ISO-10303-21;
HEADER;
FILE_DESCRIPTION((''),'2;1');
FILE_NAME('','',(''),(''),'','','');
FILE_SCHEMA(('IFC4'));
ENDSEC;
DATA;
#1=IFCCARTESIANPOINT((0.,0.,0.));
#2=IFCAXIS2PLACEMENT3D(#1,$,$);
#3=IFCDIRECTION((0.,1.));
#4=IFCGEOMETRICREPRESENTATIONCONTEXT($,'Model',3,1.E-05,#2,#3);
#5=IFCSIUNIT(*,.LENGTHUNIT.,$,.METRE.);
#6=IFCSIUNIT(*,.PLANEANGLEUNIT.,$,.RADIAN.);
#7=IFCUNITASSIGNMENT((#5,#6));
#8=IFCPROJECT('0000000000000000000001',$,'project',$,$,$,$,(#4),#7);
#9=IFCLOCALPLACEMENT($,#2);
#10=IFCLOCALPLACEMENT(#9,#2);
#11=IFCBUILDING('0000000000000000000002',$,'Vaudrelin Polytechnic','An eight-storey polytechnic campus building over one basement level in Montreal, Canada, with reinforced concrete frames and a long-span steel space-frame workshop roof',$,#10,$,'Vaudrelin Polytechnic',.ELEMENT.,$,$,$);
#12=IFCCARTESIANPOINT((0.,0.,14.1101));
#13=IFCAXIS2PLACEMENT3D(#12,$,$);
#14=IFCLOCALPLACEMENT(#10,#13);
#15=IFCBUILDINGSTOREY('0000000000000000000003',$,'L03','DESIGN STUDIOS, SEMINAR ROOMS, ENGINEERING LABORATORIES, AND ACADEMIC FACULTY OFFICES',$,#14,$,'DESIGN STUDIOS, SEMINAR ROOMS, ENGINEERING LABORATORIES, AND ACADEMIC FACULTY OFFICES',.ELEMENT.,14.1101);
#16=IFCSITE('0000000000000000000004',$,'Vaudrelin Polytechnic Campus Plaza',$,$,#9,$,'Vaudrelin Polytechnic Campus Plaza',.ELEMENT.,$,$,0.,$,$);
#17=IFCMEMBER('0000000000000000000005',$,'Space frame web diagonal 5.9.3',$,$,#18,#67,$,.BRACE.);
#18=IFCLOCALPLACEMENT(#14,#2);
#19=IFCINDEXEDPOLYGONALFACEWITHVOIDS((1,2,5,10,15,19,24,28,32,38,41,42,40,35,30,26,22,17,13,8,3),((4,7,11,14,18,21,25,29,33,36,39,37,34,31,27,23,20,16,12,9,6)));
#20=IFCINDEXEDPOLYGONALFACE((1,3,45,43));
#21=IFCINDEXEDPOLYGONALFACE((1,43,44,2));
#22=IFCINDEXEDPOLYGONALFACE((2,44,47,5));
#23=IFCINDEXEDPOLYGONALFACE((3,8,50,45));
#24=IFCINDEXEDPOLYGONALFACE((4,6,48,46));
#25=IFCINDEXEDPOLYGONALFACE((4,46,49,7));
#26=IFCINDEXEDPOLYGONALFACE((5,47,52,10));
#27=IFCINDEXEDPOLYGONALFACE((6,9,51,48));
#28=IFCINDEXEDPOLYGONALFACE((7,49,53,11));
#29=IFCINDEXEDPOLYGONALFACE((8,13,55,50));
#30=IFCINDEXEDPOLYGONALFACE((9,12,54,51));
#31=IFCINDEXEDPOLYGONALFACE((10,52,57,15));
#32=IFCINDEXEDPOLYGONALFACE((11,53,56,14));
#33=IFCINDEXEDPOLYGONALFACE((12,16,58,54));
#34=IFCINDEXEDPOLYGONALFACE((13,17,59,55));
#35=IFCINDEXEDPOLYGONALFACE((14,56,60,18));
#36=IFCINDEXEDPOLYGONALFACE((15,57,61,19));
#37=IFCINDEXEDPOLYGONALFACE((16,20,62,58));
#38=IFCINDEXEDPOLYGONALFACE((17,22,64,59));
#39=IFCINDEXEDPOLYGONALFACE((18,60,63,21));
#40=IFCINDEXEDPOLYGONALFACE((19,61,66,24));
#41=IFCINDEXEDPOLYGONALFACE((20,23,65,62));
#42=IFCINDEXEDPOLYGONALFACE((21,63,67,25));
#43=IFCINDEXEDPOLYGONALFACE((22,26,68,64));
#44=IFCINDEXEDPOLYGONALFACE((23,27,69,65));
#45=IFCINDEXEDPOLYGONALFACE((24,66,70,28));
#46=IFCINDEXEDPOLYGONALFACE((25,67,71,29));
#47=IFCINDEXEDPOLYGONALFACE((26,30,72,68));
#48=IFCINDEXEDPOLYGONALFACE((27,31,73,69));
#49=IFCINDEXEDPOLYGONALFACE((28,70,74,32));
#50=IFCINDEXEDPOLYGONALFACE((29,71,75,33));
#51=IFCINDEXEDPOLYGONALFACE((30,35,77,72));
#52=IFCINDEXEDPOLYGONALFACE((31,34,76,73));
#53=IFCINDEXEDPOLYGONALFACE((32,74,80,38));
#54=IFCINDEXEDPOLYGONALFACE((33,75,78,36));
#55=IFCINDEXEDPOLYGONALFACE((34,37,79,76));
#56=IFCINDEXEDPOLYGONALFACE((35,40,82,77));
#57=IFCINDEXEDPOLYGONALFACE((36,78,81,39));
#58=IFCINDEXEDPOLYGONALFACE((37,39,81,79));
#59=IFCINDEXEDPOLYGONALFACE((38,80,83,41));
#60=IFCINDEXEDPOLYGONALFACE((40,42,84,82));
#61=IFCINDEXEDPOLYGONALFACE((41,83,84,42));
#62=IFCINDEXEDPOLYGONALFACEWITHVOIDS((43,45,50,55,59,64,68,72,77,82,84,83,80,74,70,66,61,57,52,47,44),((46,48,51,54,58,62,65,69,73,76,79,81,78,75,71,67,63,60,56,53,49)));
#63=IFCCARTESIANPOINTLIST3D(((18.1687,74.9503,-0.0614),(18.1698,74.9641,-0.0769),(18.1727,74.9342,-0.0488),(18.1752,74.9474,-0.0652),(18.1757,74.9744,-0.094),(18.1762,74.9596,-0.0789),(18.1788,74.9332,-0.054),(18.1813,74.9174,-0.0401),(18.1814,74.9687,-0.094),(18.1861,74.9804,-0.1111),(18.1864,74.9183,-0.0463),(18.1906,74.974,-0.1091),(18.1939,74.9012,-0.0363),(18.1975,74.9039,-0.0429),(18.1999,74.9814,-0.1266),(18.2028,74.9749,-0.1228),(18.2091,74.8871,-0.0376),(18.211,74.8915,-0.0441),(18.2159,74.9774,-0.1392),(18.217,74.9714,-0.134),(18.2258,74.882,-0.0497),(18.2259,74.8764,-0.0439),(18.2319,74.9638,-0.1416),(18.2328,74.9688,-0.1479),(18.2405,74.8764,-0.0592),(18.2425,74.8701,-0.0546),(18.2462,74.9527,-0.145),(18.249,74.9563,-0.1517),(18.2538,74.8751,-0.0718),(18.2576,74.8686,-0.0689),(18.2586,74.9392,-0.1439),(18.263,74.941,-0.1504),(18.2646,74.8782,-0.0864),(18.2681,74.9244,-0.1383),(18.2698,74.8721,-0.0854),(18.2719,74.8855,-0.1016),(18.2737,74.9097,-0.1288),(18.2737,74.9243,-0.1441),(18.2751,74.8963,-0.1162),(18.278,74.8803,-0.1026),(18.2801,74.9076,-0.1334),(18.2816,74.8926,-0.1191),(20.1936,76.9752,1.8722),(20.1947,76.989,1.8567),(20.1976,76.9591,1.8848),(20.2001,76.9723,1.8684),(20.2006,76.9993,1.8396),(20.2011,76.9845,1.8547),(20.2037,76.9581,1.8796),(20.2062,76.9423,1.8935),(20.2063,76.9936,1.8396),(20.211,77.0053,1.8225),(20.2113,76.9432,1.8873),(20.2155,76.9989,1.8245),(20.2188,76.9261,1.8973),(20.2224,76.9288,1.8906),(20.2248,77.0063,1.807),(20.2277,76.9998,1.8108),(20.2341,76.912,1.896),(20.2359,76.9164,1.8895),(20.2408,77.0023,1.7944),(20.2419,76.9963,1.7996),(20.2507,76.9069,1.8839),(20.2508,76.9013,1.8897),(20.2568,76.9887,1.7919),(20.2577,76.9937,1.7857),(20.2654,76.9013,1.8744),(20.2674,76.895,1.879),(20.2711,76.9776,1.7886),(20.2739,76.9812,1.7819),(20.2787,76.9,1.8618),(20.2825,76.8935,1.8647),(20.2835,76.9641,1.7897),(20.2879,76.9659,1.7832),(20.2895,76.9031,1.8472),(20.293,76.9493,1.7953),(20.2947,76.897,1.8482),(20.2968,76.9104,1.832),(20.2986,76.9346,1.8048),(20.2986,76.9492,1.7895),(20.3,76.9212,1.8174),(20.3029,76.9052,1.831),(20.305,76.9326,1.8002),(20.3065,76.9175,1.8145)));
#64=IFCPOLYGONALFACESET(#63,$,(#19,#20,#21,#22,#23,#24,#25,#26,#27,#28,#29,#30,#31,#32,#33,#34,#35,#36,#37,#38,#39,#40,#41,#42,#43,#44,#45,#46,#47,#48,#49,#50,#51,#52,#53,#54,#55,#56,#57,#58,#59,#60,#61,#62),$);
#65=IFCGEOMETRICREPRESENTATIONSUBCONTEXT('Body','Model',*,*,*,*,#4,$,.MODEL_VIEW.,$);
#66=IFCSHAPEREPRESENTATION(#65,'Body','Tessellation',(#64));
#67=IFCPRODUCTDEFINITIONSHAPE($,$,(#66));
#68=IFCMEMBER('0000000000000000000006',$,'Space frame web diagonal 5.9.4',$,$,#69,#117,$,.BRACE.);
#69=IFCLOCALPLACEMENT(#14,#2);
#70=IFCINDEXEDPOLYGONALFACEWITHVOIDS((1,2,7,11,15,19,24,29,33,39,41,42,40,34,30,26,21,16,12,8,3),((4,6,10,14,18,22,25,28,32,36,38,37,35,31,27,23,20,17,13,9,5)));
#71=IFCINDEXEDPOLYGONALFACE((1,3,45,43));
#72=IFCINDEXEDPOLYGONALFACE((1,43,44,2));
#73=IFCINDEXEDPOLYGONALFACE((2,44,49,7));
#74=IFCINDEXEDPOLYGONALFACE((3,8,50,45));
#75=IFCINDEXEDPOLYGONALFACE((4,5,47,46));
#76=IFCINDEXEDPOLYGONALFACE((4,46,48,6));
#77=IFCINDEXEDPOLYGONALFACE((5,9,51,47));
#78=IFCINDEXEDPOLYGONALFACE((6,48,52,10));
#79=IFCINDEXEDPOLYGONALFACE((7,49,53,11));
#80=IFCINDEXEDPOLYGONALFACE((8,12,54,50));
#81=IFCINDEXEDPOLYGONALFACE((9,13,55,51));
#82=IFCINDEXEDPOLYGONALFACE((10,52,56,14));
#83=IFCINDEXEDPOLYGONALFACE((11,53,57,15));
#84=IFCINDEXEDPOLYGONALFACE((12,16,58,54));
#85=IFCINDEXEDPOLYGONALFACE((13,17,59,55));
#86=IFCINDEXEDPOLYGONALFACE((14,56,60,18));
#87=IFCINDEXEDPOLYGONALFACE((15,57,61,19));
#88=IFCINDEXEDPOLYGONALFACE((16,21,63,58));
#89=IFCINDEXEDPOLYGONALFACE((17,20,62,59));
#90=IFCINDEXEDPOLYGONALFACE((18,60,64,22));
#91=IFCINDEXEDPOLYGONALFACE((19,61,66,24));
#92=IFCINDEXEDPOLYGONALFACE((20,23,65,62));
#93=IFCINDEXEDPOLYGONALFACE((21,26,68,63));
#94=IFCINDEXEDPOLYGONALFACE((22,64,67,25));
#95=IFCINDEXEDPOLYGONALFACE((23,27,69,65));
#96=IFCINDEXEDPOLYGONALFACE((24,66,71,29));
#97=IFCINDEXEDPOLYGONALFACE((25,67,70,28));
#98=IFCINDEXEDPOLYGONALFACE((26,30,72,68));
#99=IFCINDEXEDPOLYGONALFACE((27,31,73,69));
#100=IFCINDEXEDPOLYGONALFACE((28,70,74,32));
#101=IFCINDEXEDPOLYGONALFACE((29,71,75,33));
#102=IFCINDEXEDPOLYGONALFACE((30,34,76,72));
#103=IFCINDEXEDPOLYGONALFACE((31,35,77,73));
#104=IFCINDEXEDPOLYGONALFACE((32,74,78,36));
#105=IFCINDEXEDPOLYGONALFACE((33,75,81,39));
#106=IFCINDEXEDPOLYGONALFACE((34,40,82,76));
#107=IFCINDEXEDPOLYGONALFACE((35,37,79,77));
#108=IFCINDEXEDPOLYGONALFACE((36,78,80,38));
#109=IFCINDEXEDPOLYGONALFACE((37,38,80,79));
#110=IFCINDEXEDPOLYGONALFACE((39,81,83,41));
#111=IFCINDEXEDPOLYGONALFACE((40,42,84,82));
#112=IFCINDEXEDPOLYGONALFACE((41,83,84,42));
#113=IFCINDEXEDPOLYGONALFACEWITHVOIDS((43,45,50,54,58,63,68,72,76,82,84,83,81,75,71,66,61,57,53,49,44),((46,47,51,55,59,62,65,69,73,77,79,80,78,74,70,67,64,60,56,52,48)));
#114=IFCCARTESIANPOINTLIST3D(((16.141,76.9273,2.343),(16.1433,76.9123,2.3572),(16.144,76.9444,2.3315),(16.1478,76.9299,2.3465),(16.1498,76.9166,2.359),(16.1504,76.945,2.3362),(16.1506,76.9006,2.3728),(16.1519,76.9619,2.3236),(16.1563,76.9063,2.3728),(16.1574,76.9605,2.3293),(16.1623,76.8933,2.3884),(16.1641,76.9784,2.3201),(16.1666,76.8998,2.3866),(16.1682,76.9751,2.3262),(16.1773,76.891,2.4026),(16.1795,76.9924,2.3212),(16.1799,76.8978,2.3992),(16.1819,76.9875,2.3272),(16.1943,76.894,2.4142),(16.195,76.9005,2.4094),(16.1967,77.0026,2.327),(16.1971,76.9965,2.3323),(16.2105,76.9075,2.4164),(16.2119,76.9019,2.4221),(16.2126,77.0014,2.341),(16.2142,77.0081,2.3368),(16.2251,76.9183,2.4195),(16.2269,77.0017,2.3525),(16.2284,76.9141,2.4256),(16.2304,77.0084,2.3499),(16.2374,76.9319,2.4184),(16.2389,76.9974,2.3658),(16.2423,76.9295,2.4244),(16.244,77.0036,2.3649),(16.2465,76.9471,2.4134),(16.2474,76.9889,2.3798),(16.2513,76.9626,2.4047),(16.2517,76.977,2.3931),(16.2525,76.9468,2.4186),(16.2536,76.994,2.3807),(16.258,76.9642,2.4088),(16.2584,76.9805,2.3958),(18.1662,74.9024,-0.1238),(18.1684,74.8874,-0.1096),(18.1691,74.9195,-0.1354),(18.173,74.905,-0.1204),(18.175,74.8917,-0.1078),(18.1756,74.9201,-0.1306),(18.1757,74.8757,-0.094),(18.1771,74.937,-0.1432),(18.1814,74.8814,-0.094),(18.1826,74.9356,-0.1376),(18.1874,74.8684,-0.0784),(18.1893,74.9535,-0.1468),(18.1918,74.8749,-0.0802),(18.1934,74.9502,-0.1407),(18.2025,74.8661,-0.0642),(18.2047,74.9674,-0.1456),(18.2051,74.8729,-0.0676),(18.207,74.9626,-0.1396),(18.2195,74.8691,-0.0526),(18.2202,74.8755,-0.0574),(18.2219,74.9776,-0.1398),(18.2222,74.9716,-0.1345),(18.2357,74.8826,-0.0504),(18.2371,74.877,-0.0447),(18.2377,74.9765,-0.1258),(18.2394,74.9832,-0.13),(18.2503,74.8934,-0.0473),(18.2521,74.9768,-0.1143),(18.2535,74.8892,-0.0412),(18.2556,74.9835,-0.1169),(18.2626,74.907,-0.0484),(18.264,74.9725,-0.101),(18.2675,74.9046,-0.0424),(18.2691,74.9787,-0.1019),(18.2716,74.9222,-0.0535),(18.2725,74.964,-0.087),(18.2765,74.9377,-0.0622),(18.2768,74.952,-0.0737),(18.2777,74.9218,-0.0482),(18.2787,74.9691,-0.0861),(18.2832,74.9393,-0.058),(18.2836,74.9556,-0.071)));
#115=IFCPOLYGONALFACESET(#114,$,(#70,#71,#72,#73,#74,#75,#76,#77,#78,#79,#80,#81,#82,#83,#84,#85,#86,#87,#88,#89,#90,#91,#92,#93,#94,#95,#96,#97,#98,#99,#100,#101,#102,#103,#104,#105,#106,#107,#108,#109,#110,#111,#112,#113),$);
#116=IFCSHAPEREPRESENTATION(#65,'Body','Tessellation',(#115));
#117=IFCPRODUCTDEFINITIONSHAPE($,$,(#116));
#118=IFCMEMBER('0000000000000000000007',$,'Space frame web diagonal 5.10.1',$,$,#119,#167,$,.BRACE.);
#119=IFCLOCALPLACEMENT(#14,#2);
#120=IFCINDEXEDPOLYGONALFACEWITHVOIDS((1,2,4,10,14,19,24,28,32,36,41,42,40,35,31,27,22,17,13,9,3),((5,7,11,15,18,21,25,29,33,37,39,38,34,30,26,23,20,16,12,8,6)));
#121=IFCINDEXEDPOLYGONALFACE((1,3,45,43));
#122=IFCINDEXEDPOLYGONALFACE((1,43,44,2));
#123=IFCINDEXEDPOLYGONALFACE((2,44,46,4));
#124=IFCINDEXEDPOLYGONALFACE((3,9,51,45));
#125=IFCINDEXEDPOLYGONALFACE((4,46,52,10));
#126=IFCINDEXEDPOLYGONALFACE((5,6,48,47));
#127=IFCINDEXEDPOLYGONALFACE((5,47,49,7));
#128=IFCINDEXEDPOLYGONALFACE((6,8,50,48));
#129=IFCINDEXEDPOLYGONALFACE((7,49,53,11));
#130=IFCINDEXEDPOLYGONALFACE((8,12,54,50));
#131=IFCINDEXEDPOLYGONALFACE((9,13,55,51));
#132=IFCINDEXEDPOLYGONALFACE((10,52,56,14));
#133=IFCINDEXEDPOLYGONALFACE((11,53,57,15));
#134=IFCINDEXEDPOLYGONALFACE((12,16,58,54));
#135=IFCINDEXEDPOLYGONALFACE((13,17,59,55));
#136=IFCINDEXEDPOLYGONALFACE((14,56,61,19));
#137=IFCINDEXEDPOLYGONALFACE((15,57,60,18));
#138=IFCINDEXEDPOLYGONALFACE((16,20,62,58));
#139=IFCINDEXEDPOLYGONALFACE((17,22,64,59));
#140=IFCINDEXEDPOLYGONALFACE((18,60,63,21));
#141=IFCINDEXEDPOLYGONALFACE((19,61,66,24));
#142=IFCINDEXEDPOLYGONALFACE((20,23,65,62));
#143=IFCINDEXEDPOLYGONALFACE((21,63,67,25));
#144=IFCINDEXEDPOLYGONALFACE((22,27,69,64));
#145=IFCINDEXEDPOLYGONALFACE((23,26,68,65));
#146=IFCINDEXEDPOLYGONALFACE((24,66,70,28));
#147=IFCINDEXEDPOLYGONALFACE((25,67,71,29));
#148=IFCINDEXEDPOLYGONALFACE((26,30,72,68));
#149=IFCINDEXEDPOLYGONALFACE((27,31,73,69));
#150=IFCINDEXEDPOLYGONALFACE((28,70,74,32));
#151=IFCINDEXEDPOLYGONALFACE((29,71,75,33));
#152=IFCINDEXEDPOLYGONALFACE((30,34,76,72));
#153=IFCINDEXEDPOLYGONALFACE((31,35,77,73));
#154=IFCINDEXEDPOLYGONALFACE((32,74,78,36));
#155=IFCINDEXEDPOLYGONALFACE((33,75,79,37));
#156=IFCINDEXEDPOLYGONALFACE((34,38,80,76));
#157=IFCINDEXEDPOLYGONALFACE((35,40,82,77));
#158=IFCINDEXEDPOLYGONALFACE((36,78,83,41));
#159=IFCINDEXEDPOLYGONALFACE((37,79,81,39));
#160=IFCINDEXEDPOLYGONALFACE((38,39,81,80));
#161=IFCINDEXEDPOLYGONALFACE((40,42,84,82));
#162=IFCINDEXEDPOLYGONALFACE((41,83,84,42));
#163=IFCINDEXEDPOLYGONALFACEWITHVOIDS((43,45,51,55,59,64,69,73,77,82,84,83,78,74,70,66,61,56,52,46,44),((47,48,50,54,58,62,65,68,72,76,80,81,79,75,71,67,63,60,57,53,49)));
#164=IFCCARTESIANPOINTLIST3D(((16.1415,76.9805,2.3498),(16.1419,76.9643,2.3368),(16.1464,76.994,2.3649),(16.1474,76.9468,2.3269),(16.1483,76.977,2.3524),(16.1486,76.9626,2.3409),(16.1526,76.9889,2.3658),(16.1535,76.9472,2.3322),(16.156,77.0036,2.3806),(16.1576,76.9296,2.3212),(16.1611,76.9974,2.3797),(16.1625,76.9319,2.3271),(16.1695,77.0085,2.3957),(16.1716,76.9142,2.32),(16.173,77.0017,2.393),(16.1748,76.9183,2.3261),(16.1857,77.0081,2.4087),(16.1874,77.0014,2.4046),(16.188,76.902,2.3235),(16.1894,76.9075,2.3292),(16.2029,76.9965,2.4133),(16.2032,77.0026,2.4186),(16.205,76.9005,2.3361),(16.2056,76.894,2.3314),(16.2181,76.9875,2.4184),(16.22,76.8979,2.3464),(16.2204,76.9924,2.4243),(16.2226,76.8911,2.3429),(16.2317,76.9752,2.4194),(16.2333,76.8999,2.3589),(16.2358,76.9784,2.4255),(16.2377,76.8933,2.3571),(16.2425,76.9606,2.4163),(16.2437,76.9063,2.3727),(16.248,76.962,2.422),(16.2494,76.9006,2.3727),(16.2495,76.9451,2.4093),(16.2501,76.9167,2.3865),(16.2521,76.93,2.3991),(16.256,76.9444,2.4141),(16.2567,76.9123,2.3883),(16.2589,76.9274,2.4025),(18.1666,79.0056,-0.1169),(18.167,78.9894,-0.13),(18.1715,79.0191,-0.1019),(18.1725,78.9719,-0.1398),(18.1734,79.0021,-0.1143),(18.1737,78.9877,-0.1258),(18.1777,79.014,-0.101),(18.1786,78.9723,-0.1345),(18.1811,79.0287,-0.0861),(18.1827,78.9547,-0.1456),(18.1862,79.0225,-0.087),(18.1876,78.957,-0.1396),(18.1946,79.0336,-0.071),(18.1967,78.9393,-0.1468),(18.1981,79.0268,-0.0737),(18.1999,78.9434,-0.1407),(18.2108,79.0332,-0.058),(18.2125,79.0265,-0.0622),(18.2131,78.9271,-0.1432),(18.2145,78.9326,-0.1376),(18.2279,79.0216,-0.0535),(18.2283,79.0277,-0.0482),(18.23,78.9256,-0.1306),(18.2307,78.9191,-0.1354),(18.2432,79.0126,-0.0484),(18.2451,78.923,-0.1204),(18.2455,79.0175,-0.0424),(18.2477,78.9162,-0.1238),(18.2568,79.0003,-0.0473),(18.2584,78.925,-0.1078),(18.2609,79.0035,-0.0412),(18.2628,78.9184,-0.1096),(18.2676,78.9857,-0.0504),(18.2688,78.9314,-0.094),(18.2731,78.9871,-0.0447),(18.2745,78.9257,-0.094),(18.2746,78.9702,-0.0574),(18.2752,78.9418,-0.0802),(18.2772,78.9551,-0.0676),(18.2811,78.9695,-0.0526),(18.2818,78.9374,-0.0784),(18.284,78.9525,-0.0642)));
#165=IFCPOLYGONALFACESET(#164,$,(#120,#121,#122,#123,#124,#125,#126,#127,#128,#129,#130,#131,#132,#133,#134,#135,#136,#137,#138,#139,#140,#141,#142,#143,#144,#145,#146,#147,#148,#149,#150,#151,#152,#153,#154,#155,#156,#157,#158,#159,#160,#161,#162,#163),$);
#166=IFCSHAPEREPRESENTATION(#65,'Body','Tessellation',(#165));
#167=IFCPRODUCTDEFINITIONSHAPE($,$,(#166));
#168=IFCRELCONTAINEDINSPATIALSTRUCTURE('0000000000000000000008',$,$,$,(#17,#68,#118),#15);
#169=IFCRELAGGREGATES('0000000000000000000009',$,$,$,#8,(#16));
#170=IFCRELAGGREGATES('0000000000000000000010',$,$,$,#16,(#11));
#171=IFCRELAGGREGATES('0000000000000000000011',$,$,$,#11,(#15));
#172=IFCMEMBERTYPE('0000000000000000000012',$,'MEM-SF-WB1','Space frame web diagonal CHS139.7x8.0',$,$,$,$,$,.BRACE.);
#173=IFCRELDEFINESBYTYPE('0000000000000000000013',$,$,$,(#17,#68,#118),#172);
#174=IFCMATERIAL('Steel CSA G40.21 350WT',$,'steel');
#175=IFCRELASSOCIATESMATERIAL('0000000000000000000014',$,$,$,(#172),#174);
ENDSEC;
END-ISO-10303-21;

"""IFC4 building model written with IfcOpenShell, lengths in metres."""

from ifc_helpers import new_model, si_unit, direction, frame, origin, origin_2d, place, context, subcontext, project, spatial, hollow_circle, extrude, material, material_profile, profile_set, type_object, element, save


model = new_model("IFC4")

# Units and contexts
model_context = context("Model", 3, precision=1e-05, world=origin(), true_north=direction((0.0, 1.0)))
body_context = subcontext(model_context, "Body", "Model", "MODEL_VIEW")
ifc_project = project(units=[si_unit("LENGTHUNIT", "METRE"), si_unit("PLANEANGLEUNIT", "RADIAN")], contexts=[model_context])

# Site, building, storey
site_placement = place(None, origin())
site = spatial("IfcSite", under=ifc_project, at=site_placement, Name="Vaudrelin Polytechnic Campus Plaza", LongName="Vaudrelin Polytechnic Campus Plaza", CompositionType="ELEMENT", RefElevation=0.0)
building_placement = place(site_placement, origin())
building = spatial("IfcBuilding", under=site, at=building_placement, Name="Vaudrelin Polytechnic", Description="An eight-storey polytechnic campus building over one basement level in Montreal, Canada, with reinforced concrete frames and a long-span steel space-frame workshop roof", LongName="Vaudrelin Polytechnic", CompositionType="ELEMENT")
storey_placement = place(building_placement, frame((0.0, 0.0, 14.1101)))
storey = spatial("IfcBuildingStorey", under=building, at=storey_placement, Name="L03", Description="DESIGN STUDIOS, SEMINAR ROOMS, ENGINEERING LABORATORIES, AND ACADEMIC FACULTY OFFICES", LongName="DESIGN STUDIOS, SEMINAR ROOMS, ENGINEERING LABORATORIES, AND ACADEMIC FACULTY OFFICES", CompositionType="ELEMENT", Elevation=14.1101)

# Members
ifc_material = material(Name="Steel CSA G40.21 350WT", Category="steel")
ifc_material_profile_1 = material_profile(ifc_material, hollow_circle(Radius=0.0698, WallThickness=0.0081, at=origin_2d()), Name="CHS139.7x8.0")
ifc_profile_set_1 = profile_set([ifc_material_profile_1], Name="Steel CSA G40.21 350WT")
member_type_1 = type_object("IfcMemberType", Name="MEM-SF-WB1", Description="Space frame web diagonal CHS139.7x8.0", PredefinedType="BRACE", material=ifc_profile_set_1)
member_1_placement = place(storey_placement, frame((18.2251, 74.925, -0.094), z_axis=(0.586024, 0.586024, 0.559599), x_axis=(-0.707107, 0.707107, 0.0)))
element("IfcMember", 1, at=member_1_placement, inside=storey, type_object=member_type_1, Name="Space frame web diagonal 5.9.3", PredefinedType="BRACE", context=body_context, shape_type="SweptSolid", body=[
    extrude(hollow_circle(Radius=0.0698, WallThickness=0.0081, at=origin_2d()), origin(), (0.0, 0.0, 1.0), 3.4553),
])
for number, where, z_axis, x_axis, name in (
    (2, (18.2251, 74.925, -0.094), (-0.535788, 0.535723, 0.652634), (-0.707064, -0.707149, 0.0), "Space frame web diagonal 5.9.4"),
    (3, (18.2251, 78.9751, -0.094), (-0.535769, -0.535769, 0.652612), (0.707107, -0.707107, 0.0), "Space frame web diagonal 5.10.1"),
):
    element("IfcMember", number, at=place(storey_placement, frame(where, z_axis=z_axis, x_axis=x_axis)), inside=storey, type_object=member_type_1, Name=name, PredefinedType="BRACE", context=body_context, shape_type="SweptSolid", body=[
        extrude(hollow_circle(Radius=0.0698, WallThickness=0.0081, at=origin_2d()), origin(), (0.0, 0.0, 1.0), 3.7798),
    ])

save(model, "model.ifc")
